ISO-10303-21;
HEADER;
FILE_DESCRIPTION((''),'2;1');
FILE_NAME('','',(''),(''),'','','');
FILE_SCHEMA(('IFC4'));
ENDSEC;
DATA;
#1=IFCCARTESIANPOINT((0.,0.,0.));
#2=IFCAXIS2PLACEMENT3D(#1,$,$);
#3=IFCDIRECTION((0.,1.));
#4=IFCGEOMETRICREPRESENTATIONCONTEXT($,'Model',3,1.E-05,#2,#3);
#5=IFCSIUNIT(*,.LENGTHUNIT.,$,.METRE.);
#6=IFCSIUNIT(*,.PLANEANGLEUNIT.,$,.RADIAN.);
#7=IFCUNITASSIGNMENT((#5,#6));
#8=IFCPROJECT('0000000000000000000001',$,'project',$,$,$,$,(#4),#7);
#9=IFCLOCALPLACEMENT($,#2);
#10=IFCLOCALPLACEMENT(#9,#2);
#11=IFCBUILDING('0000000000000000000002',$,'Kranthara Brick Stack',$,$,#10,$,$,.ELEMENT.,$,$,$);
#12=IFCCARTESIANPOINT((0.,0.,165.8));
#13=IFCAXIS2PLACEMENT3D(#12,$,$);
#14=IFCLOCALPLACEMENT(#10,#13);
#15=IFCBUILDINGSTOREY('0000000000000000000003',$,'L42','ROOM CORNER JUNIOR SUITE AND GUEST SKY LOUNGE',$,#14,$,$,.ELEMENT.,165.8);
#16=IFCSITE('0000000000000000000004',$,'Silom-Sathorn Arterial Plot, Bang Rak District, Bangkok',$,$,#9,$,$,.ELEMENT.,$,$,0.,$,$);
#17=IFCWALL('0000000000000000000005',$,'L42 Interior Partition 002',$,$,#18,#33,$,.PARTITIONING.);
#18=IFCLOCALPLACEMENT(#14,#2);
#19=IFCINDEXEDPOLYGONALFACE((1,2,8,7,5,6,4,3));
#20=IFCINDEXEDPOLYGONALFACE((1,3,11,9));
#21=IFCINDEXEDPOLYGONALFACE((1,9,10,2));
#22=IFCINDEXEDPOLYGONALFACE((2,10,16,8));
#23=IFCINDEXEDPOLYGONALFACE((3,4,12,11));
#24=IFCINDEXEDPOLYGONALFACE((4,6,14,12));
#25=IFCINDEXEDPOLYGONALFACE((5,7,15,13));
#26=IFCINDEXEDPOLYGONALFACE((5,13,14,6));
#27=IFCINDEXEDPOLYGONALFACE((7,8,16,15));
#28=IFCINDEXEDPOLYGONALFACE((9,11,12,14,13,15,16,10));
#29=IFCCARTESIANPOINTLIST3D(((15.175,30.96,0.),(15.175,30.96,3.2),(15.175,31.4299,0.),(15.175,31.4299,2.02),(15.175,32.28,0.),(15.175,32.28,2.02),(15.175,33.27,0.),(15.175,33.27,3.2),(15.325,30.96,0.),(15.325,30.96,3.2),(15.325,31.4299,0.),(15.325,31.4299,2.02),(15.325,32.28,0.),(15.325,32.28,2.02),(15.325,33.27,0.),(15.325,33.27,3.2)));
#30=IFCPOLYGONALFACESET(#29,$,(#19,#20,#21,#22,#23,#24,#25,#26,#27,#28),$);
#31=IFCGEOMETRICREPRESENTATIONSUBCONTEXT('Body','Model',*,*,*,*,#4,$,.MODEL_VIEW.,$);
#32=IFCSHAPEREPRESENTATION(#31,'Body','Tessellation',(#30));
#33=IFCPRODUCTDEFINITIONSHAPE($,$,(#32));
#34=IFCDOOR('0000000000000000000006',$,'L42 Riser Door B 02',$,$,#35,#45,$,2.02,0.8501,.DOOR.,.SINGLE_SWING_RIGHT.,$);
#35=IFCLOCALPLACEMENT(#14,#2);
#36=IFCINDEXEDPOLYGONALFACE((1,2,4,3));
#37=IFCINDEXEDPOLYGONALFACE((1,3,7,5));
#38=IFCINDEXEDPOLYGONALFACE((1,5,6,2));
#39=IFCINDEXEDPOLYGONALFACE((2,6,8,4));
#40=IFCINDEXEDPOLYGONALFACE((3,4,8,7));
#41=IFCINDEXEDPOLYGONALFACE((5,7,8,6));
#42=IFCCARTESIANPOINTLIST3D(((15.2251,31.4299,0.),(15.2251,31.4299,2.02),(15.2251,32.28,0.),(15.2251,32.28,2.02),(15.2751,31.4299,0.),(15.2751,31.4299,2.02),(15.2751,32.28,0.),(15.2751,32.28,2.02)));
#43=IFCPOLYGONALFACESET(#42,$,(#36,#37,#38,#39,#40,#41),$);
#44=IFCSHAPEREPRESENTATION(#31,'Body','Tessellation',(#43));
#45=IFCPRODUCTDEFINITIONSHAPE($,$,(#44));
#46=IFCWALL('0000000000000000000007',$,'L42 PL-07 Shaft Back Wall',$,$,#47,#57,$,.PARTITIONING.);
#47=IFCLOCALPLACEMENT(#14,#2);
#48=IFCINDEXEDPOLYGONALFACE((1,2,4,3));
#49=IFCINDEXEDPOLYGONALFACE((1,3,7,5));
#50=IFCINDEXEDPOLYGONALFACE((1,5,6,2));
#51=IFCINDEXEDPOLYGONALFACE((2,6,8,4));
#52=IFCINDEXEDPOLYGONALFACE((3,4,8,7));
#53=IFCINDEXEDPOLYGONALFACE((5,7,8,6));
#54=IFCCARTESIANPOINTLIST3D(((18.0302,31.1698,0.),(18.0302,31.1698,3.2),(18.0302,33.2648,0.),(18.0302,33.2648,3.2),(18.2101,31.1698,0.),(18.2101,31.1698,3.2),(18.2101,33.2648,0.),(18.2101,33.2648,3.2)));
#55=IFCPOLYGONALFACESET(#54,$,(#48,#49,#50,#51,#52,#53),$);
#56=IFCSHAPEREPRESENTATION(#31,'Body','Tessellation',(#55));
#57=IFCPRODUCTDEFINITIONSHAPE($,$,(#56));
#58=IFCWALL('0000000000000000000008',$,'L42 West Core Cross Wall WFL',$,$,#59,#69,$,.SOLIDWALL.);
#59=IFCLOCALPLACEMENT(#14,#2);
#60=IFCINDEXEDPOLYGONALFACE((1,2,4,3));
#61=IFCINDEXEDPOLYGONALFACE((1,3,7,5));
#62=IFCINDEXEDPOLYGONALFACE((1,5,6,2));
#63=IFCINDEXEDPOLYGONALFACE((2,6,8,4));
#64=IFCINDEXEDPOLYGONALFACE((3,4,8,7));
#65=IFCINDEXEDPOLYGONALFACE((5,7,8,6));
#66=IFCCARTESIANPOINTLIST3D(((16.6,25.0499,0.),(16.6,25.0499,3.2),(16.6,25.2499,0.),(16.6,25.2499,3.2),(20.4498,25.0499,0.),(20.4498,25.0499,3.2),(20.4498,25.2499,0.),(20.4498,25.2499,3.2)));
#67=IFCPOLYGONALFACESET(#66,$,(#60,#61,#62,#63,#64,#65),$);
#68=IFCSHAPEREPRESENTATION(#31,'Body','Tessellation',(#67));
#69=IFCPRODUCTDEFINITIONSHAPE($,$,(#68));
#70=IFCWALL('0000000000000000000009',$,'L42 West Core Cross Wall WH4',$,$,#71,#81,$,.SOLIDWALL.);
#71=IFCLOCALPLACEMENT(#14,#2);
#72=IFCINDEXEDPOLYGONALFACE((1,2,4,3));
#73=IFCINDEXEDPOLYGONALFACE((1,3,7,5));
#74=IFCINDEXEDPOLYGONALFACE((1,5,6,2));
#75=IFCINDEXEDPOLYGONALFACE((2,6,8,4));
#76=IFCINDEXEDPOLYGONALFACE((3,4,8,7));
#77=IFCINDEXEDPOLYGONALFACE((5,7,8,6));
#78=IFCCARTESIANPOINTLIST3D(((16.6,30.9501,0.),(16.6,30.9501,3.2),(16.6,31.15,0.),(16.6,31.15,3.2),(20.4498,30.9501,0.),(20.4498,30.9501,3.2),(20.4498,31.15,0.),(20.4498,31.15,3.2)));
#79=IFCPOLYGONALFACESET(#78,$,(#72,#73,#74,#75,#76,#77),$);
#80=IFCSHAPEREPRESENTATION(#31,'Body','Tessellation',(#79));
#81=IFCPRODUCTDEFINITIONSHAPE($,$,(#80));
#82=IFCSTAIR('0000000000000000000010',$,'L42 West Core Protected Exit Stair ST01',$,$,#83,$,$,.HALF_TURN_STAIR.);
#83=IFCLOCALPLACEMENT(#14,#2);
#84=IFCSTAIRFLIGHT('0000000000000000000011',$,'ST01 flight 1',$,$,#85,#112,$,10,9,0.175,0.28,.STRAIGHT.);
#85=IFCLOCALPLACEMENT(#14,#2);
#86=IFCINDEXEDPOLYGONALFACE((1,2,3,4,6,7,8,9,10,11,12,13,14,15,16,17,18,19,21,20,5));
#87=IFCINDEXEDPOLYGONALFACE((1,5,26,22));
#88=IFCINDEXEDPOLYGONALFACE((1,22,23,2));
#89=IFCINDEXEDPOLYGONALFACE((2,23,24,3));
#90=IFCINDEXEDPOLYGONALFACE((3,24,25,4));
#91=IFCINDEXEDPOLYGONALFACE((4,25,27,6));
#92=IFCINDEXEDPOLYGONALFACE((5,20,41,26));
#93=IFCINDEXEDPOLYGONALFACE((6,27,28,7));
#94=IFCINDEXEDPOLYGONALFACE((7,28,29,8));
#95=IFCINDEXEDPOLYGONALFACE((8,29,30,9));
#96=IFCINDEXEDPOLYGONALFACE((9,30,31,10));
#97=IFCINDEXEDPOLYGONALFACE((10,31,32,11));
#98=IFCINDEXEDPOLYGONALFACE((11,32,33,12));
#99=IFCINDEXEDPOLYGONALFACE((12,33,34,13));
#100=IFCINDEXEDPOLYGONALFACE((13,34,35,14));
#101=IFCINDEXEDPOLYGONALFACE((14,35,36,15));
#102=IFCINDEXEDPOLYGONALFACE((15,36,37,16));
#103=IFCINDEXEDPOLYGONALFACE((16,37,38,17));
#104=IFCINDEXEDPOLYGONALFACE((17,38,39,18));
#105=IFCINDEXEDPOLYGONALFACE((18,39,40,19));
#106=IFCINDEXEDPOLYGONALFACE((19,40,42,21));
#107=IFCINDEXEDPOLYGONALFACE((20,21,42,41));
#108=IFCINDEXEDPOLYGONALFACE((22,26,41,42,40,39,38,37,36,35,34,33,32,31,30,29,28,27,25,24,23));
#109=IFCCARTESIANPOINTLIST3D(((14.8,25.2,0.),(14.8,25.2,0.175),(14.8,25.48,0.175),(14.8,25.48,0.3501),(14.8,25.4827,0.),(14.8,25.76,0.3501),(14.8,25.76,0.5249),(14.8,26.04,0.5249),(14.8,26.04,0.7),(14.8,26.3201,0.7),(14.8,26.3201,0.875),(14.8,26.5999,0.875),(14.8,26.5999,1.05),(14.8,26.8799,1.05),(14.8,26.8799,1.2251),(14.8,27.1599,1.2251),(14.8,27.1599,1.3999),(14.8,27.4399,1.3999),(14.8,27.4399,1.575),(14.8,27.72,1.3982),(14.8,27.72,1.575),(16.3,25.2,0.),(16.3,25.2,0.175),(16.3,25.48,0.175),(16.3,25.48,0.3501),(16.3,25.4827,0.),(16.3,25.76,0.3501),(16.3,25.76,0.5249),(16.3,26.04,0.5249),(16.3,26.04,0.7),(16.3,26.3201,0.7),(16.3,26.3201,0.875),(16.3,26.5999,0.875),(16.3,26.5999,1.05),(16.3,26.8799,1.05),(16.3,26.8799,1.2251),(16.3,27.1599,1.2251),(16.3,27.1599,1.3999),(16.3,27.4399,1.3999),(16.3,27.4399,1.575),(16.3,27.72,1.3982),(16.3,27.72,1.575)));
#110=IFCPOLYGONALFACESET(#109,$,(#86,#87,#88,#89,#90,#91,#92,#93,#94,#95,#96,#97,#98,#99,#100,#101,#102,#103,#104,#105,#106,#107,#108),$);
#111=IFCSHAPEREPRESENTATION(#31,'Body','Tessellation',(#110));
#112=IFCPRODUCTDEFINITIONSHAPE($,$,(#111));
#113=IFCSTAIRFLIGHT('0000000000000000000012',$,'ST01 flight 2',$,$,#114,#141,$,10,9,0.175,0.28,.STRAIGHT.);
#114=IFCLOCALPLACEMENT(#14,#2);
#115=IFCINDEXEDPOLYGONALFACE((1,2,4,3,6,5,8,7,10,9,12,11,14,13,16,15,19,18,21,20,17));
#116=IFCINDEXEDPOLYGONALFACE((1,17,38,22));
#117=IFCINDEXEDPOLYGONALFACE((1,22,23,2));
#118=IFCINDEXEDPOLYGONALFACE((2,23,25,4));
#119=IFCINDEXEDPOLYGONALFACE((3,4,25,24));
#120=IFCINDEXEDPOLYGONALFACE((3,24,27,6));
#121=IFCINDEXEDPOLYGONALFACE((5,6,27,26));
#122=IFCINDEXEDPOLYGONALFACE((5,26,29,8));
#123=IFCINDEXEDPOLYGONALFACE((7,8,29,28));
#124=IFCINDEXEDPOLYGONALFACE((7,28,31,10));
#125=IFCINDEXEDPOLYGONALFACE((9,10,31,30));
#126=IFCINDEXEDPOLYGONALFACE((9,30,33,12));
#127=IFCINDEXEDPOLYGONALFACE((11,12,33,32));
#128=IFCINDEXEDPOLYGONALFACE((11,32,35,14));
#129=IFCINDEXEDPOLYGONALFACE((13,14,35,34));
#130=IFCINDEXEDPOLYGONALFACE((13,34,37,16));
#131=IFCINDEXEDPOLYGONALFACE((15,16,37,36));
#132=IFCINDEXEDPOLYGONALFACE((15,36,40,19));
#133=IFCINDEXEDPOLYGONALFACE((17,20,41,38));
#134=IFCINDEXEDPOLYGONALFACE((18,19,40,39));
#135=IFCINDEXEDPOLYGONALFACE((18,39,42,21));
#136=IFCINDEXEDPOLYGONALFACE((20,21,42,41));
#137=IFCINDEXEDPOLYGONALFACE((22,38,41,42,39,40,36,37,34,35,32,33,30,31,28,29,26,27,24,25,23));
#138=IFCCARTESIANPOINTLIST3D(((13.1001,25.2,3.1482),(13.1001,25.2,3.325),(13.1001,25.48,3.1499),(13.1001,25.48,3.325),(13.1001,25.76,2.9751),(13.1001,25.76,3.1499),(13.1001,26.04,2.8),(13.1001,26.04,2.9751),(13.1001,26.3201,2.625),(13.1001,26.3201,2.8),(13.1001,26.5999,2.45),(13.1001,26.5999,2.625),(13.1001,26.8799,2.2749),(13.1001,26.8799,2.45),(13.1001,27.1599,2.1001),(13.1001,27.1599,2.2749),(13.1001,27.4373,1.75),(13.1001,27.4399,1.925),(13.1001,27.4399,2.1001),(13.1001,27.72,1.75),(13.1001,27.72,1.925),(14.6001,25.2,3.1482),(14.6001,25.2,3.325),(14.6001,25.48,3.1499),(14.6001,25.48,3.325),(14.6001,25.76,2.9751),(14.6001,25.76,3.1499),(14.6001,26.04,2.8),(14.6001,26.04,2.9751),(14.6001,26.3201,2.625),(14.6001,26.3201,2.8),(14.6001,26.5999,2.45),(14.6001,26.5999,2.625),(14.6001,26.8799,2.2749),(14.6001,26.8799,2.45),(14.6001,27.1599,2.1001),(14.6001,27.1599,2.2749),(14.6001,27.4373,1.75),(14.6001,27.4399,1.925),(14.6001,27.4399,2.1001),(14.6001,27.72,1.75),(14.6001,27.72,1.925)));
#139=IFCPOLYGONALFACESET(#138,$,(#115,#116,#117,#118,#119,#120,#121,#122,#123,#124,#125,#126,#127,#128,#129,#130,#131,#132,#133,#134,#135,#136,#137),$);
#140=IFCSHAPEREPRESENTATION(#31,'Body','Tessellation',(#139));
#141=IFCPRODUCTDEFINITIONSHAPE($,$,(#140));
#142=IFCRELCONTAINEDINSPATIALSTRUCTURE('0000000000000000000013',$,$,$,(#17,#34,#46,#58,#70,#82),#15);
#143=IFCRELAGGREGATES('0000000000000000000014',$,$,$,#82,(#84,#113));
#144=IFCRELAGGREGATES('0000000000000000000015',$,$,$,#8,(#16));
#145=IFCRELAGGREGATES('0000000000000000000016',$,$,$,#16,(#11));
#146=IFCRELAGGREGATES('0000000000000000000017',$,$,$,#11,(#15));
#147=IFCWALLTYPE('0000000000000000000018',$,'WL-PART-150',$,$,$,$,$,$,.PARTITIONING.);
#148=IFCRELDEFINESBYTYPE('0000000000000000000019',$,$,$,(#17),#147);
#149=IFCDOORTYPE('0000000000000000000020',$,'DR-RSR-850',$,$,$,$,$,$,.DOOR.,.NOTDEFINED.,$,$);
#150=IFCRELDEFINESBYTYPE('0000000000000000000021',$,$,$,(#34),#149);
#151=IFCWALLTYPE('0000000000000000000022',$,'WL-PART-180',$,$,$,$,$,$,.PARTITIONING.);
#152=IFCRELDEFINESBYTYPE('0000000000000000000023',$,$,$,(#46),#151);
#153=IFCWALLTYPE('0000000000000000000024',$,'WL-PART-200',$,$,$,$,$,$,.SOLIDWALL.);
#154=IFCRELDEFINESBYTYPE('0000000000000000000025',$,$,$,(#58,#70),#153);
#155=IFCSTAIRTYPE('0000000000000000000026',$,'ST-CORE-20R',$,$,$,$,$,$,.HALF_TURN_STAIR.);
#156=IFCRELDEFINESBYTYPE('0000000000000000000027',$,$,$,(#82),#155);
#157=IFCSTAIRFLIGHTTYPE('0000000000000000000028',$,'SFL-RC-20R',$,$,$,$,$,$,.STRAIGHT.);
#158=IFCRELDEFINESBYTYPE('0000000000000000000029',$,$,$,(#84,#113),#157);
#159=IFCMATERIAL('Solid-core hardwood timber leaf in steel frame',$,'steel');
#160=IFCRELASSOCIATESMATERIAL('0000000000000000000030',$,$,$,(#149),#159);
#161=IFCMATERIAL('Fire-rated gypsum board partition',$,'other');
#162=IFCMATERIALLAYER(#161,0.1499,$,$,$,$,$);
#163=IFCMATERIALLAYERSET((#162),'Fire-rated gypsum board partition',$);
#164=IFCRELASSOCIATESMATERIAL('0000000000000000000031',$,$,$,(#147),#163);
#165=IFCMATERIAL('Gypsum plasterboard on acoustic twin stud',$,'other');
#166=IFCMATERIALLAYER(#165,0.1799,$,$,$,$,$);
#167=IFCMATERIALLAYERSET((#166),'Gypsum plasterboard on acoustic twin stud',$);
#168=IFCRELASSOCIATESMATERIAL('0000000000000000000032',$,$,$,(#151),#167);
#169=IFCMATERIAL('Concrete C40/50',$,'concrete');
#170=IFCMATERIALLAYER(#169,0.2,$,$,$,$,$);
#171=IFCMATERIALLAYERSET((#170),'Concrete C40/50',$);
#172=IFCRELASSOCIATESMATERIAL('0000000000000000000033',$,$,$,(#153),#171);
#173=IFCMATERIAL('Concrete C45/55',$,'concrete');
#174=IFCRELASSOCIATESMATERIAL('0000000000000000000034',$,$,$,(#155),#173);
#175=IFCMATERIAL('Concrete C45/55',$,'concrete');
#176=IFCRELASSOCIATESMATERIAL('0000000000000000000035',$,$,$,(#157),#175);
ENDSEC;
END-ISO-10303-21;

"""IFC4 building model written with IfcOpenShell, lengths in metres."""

from ifc_helpers import new_model, si_unit, direction, frame, frame_2d, origin, place, context, subcontext, project, spatial, polyline, rectangle, outline, extrude, material, layer, layer_set, type_object, element, fill, aggregate, save


model = new_model("IFC4")

# Units and contexts
model_context = context("Model", 3, precision=1e-05, world=origin(), true_north=direction((0.0, 1.0)))
body_context = subcontext(model_context, "Body", "Model", "MODEL_VIEW")
ifc_project = project(units=[si_unit("LENGTHUNIT", "METRE"), si_unit("PLANEANGLEUNIT", "RADIAN")], contexts=[model_context])

# Site, building, storey
site_placement = place(None, origin())
site = spatial("IfcSite", under=ifc_project, at=site_placement, Name="Silom-Sathorn Arterial Plot, Bang Rak District, Bangkok", CompositionType="ELEMENT", RefElevation=0.0)
building_placement = place(site_placement, origin())
building = spatial("IfcBuilding", under=site, at=building_placement, Name="Kranthara Brick Stack", CompositionType="ELEMENT")
storey_placement = place(building_placement, frame((0.0, 0.0, 165.8)))
storey = spatial("IfcBuildingStorey", under=building, at=storey_placement, Name="L42", Description="ROOM CORNER JUNIOR SUITE AND GUEST SKY LOUNGE", CompositionType="ELEMENT", Elevation=165.8)

# Shared definitions
ifc_material_1 = material(Name="Solid-core hardwood timber leaf in steel frame", Category="steel")
door_type_1 = type_object("IfcDoorType", Name="DR-RSR-850", OperationType="NOTDEFINED", PredefinedType="DOOR", material=ifc_material_1)

# Wall, opening, door
ifc_material_2 = material(Name="Fire-rated gypsum board partition", Category="other")
ifc_layer_1 = layer(ifc_material_2, 0.1499)
ifc_layer_set_1 = layer_set([ifc_layer_1], Name="Fire-rated gypsum board partition")
wall_type_1 = type_object("IfcWallType", Name="WL-PART-150", PredefinedType="PARTITIONING", material=ifc_layer_set_1)
wall_1_placement = place(storey_placement, frame((15.25, 30.96, 0.0), z_axis=(0.0, 0.0, 1.0), x_axis=(0.0, 1.0, 0.0)))
wall_1 = element("IfcWall", 1, at=wall_1_placement, inside=storey, type_object=wall_type_1, Name="L42 Interior Partition 002", PredefinedType="PARTITIONING", context=body_context, shape_type="SweptSolid", body=[
    extrude(rectangle(XDim=2.3101, YDim=0.1499, at=frame_2d((1.155, 0.0))), origin(), (0.0, 0.0, 1.0), 3.2),
])
opening_1_placement = place(wall_1_placement, frame((0.47, 0.0, 0.0)))
opening_1 = element("IfcOpeningElement", 2, at=opening_1_placement, cuts=wall_1, PredefinedType="OPENING", context=body_context, shape_type="SweptSolid", body=[
    extrude(rectangle(XDim=0.8501, YDim=2.02, at=frame_2d((0.425, 1.01))), frame((0.0, 0.085, 0.0), z_axis=(0.0, -1.0, 0.0), x_axis=(1.0, 0.0, 0.0)), (0.0, 0.0, 1.0), 0.1699),
])
door_1_placement = place(opening_1_placement, origin())
door_1 = element("IfcDoor", 3, at=door_1_placement, inside=storey, type_object=door_type_1, Name="L42 Riser Door B 02", OperationType="SINGLE_SWING_RIGHT", OverallHeight=2.02, OverallWidth=0.8501, PredefinedType="DOOR", context=body_context, shape_type="SweptSolid", body=[
    extrude(rectangle(XDim=0.8501, YDim=2.02, at=frame_2d((0.425, 1.01))), frame((0.0, 0.0249, 0.0), z_axis=(0.0, -1.0, 0.0), x_axis=(1.0, 0.0, 0.0)), (0.0, 0.0, 1.0), 0.05),
])
fill(opening_1, door_1)

# Walls
ifc_material_3 = material(Name="Gypsum plasterboard on acoustic twin stud", Category="other")
ifc_layer_2 = layer(ifc_material_3, 0.1799)
ifc_layer_set_2 = layer_set([ifc_layer_2], Name="Gypsum plasterboard on acoustic twin stud")
wall_type_2 = type_object("IfcWallType", Name="WL-PART-180", PredefinedType="PARTITIONING", material=ifc_layer_set_2)
wall_2_placement = place(storey_placement, frame((18.1201, 31.1699, 0.0), z_axis=(0.0, 0.0, 1.0), x_axis=(0.0, 1.0, 0.0)))
element("IfcWall", 4, at=wall_2_placement, inside=storey, type_object=wall_type_2, Name="L42 PL-07 Shaft Back Wall", PredefinedType="PARTITIONING", context=body_context, shape_type="SweptSolid", body=[
    extrude(rectangle(XDim=2.095, YDim=0.1799, at=frame_2d((1.0474, 0.0))), origin(), (0.0, 0.0, 1.0), 3.2),
])
ifc_material_4 = material(Name="Concrete C40/50", Category="concrete")
ifc_layer_3 = layer(ifc_material_4, 0.2)
ifc_layer_set_3 = layer_set([ifc_layer_3], Name="Concrete C40/50")
wall_type_3 = type_object("IfcWallType", Name="WL-PART-200", PredefinedType="SOLIDWALL", material=ifc_layer_set_3)
for number, where, z_axis, x_axis, name in (
    (5, (16.6001, 25.1499, 0.0), (0.0, 0.0, 1.0), (1.0, 0.0, 0.0), "L42 West Core Cross Wall WFL"),
    (6, (16.6001, 31.05, 0.0), (0.0, 0.0, 1.0), (1.0, 0.0, 0.0), "L42 West Core Cross Wall WH4"),
):
    element("IfcWall", number, at=place(storey_placement, frame(where, z_axis=z_axis, x_axis=x_axis)), inside=storey, type_object=wall_type_3, Name=name, PredefinedType="SOLIDWALL", context=body_context, shape_type="SweptSolid", body=[
        extrude(rectangle(XDim=3.8499, YDim=0.2, at=frame_2d((1.9248, 0.0))), origin(), (0.0, 0.0, 1.0), 3.2),
    ])

# Stair, stair flights
ifc_material_5 = material(Name="Concrete C45/55", Category="concrete")
stair_type = type_object("IfcStairType", Name="ST-CORE-20R", PredefinedType="HALF_TURN_STAIR", material=ifc_material_5)
stair_placement = place(storey_placement, origin())
stair = element("IfcStair", 7, at=stair_placement, inside=storey, type_object=stair_type, Name="L42 West Core Protected Exit Stair ST01", PredefinedType="HALF_TURN_STAIR")
ifc_material_6 = material(Name="Concrete C45/55", Category="concrete")
stair_flight_type = type_object("IfcStairFlightType", Name="SFL-RC-20R", PredefinedType="STRAIGHT", material=ifc_material_6)
stair_flight_1_placement = place(storey_placement, frame((15.55, 25.2, 0.0), z_axis=(0.0, 0.0, 1.0), x_axis=(0.0, 1.0, 0.0)))
stair_flight_1 = element("IfcStairFlight", 8, at=stair_flight_1_placement, type_object=stair_flight_type, Name="ST01 flight 1", NumberOfRisers=10, NumberOfTreads=9, PredefinedType="STRAIGHT", RiserHeight=0.175, TreadLength=0.28, context=body_context, shape_type="SweptSolid", body=[
    extrude(outline(polyline([(0.0, 0.0), (0.0, 0.175), (0.28, 0.175), (0.28, 0.3501), (0.5601, 0.3501), (0.5601, 0.5249), (0.8401, 0.5249), (0.8401, 0.7), (1.1201, 0.7), (1.1201, 0.875), (1.3999, 0.875), (1.3999, 1.05), (1.6799, 1.05), (1.6799, 1.2251), (1.96, 1.2251), (1.96, 1.3999), (2.24, 1.3999), (2.24, 1.575), (2.52, 1.575), (2.52, 1.75), (2.52, 1.3982), (0.2827, 0.0), (0.0, 0.0)])), frame((0.0, 0.75, 0.0), z_axis=(0.0, -1.0, 0.0), x_axis=(1.0, 0.0, 0.0)), (0.0, 0.0, 1.0), 1.5),
])
stair_flight_2_placement = place(storey_placement, frame((13.8501, 27.72, 1.75), z_axis=(0.0, 0.0, 1.0), x_axis=(0.0, -1.0, 0.0)))
stair_flight_2 = element("IfcStairFlight", 9, at=stair_flight_2_placement, type_object=stair_flight_type, Name="ST01 flight 2", NumberOfRisers=10, NumberOfTreads=9, PredefinedType="STRAIGHT", RiserHeight=0.175, TreadLength=0.28, context=body_context, shape_type="SweptSolid", body=[
    extrude(outline(polyline([(0.0, 0.0), (0.0, 0.175), (0.28, 0.175), (0.28, 0.3501), (0.5601, 0.3501), (0.5601, 0.5249), (0.8401, 0.5249), (0.8401, 0.7), (1.1201, 0.7), (1.1201, 0.875), (1.3999, 0.875), (1.3999, 1.05), (1.6799, 1.05), (1.6799, 1.2251), (1.96, 1.2251), (1.96, 1.3999), (2.24, 1.3999), (2.24, 1.575), (2.52, 1.575), (2.52, 1.75), (2.52, 1.3982), (0.2827, 0.0), (0.0, 0.0)])), frame((0.0, 0.75, 0.0), z_axis=(0.0, -1.0, 0.0), x_axis=(1.0, 0.0, 0.0)), (0.0, 0.0, 1.0), 1.5),
])
aggregate(stair, [stair_flight_1, stair_flight_2])

save(model, "model.ifc")
